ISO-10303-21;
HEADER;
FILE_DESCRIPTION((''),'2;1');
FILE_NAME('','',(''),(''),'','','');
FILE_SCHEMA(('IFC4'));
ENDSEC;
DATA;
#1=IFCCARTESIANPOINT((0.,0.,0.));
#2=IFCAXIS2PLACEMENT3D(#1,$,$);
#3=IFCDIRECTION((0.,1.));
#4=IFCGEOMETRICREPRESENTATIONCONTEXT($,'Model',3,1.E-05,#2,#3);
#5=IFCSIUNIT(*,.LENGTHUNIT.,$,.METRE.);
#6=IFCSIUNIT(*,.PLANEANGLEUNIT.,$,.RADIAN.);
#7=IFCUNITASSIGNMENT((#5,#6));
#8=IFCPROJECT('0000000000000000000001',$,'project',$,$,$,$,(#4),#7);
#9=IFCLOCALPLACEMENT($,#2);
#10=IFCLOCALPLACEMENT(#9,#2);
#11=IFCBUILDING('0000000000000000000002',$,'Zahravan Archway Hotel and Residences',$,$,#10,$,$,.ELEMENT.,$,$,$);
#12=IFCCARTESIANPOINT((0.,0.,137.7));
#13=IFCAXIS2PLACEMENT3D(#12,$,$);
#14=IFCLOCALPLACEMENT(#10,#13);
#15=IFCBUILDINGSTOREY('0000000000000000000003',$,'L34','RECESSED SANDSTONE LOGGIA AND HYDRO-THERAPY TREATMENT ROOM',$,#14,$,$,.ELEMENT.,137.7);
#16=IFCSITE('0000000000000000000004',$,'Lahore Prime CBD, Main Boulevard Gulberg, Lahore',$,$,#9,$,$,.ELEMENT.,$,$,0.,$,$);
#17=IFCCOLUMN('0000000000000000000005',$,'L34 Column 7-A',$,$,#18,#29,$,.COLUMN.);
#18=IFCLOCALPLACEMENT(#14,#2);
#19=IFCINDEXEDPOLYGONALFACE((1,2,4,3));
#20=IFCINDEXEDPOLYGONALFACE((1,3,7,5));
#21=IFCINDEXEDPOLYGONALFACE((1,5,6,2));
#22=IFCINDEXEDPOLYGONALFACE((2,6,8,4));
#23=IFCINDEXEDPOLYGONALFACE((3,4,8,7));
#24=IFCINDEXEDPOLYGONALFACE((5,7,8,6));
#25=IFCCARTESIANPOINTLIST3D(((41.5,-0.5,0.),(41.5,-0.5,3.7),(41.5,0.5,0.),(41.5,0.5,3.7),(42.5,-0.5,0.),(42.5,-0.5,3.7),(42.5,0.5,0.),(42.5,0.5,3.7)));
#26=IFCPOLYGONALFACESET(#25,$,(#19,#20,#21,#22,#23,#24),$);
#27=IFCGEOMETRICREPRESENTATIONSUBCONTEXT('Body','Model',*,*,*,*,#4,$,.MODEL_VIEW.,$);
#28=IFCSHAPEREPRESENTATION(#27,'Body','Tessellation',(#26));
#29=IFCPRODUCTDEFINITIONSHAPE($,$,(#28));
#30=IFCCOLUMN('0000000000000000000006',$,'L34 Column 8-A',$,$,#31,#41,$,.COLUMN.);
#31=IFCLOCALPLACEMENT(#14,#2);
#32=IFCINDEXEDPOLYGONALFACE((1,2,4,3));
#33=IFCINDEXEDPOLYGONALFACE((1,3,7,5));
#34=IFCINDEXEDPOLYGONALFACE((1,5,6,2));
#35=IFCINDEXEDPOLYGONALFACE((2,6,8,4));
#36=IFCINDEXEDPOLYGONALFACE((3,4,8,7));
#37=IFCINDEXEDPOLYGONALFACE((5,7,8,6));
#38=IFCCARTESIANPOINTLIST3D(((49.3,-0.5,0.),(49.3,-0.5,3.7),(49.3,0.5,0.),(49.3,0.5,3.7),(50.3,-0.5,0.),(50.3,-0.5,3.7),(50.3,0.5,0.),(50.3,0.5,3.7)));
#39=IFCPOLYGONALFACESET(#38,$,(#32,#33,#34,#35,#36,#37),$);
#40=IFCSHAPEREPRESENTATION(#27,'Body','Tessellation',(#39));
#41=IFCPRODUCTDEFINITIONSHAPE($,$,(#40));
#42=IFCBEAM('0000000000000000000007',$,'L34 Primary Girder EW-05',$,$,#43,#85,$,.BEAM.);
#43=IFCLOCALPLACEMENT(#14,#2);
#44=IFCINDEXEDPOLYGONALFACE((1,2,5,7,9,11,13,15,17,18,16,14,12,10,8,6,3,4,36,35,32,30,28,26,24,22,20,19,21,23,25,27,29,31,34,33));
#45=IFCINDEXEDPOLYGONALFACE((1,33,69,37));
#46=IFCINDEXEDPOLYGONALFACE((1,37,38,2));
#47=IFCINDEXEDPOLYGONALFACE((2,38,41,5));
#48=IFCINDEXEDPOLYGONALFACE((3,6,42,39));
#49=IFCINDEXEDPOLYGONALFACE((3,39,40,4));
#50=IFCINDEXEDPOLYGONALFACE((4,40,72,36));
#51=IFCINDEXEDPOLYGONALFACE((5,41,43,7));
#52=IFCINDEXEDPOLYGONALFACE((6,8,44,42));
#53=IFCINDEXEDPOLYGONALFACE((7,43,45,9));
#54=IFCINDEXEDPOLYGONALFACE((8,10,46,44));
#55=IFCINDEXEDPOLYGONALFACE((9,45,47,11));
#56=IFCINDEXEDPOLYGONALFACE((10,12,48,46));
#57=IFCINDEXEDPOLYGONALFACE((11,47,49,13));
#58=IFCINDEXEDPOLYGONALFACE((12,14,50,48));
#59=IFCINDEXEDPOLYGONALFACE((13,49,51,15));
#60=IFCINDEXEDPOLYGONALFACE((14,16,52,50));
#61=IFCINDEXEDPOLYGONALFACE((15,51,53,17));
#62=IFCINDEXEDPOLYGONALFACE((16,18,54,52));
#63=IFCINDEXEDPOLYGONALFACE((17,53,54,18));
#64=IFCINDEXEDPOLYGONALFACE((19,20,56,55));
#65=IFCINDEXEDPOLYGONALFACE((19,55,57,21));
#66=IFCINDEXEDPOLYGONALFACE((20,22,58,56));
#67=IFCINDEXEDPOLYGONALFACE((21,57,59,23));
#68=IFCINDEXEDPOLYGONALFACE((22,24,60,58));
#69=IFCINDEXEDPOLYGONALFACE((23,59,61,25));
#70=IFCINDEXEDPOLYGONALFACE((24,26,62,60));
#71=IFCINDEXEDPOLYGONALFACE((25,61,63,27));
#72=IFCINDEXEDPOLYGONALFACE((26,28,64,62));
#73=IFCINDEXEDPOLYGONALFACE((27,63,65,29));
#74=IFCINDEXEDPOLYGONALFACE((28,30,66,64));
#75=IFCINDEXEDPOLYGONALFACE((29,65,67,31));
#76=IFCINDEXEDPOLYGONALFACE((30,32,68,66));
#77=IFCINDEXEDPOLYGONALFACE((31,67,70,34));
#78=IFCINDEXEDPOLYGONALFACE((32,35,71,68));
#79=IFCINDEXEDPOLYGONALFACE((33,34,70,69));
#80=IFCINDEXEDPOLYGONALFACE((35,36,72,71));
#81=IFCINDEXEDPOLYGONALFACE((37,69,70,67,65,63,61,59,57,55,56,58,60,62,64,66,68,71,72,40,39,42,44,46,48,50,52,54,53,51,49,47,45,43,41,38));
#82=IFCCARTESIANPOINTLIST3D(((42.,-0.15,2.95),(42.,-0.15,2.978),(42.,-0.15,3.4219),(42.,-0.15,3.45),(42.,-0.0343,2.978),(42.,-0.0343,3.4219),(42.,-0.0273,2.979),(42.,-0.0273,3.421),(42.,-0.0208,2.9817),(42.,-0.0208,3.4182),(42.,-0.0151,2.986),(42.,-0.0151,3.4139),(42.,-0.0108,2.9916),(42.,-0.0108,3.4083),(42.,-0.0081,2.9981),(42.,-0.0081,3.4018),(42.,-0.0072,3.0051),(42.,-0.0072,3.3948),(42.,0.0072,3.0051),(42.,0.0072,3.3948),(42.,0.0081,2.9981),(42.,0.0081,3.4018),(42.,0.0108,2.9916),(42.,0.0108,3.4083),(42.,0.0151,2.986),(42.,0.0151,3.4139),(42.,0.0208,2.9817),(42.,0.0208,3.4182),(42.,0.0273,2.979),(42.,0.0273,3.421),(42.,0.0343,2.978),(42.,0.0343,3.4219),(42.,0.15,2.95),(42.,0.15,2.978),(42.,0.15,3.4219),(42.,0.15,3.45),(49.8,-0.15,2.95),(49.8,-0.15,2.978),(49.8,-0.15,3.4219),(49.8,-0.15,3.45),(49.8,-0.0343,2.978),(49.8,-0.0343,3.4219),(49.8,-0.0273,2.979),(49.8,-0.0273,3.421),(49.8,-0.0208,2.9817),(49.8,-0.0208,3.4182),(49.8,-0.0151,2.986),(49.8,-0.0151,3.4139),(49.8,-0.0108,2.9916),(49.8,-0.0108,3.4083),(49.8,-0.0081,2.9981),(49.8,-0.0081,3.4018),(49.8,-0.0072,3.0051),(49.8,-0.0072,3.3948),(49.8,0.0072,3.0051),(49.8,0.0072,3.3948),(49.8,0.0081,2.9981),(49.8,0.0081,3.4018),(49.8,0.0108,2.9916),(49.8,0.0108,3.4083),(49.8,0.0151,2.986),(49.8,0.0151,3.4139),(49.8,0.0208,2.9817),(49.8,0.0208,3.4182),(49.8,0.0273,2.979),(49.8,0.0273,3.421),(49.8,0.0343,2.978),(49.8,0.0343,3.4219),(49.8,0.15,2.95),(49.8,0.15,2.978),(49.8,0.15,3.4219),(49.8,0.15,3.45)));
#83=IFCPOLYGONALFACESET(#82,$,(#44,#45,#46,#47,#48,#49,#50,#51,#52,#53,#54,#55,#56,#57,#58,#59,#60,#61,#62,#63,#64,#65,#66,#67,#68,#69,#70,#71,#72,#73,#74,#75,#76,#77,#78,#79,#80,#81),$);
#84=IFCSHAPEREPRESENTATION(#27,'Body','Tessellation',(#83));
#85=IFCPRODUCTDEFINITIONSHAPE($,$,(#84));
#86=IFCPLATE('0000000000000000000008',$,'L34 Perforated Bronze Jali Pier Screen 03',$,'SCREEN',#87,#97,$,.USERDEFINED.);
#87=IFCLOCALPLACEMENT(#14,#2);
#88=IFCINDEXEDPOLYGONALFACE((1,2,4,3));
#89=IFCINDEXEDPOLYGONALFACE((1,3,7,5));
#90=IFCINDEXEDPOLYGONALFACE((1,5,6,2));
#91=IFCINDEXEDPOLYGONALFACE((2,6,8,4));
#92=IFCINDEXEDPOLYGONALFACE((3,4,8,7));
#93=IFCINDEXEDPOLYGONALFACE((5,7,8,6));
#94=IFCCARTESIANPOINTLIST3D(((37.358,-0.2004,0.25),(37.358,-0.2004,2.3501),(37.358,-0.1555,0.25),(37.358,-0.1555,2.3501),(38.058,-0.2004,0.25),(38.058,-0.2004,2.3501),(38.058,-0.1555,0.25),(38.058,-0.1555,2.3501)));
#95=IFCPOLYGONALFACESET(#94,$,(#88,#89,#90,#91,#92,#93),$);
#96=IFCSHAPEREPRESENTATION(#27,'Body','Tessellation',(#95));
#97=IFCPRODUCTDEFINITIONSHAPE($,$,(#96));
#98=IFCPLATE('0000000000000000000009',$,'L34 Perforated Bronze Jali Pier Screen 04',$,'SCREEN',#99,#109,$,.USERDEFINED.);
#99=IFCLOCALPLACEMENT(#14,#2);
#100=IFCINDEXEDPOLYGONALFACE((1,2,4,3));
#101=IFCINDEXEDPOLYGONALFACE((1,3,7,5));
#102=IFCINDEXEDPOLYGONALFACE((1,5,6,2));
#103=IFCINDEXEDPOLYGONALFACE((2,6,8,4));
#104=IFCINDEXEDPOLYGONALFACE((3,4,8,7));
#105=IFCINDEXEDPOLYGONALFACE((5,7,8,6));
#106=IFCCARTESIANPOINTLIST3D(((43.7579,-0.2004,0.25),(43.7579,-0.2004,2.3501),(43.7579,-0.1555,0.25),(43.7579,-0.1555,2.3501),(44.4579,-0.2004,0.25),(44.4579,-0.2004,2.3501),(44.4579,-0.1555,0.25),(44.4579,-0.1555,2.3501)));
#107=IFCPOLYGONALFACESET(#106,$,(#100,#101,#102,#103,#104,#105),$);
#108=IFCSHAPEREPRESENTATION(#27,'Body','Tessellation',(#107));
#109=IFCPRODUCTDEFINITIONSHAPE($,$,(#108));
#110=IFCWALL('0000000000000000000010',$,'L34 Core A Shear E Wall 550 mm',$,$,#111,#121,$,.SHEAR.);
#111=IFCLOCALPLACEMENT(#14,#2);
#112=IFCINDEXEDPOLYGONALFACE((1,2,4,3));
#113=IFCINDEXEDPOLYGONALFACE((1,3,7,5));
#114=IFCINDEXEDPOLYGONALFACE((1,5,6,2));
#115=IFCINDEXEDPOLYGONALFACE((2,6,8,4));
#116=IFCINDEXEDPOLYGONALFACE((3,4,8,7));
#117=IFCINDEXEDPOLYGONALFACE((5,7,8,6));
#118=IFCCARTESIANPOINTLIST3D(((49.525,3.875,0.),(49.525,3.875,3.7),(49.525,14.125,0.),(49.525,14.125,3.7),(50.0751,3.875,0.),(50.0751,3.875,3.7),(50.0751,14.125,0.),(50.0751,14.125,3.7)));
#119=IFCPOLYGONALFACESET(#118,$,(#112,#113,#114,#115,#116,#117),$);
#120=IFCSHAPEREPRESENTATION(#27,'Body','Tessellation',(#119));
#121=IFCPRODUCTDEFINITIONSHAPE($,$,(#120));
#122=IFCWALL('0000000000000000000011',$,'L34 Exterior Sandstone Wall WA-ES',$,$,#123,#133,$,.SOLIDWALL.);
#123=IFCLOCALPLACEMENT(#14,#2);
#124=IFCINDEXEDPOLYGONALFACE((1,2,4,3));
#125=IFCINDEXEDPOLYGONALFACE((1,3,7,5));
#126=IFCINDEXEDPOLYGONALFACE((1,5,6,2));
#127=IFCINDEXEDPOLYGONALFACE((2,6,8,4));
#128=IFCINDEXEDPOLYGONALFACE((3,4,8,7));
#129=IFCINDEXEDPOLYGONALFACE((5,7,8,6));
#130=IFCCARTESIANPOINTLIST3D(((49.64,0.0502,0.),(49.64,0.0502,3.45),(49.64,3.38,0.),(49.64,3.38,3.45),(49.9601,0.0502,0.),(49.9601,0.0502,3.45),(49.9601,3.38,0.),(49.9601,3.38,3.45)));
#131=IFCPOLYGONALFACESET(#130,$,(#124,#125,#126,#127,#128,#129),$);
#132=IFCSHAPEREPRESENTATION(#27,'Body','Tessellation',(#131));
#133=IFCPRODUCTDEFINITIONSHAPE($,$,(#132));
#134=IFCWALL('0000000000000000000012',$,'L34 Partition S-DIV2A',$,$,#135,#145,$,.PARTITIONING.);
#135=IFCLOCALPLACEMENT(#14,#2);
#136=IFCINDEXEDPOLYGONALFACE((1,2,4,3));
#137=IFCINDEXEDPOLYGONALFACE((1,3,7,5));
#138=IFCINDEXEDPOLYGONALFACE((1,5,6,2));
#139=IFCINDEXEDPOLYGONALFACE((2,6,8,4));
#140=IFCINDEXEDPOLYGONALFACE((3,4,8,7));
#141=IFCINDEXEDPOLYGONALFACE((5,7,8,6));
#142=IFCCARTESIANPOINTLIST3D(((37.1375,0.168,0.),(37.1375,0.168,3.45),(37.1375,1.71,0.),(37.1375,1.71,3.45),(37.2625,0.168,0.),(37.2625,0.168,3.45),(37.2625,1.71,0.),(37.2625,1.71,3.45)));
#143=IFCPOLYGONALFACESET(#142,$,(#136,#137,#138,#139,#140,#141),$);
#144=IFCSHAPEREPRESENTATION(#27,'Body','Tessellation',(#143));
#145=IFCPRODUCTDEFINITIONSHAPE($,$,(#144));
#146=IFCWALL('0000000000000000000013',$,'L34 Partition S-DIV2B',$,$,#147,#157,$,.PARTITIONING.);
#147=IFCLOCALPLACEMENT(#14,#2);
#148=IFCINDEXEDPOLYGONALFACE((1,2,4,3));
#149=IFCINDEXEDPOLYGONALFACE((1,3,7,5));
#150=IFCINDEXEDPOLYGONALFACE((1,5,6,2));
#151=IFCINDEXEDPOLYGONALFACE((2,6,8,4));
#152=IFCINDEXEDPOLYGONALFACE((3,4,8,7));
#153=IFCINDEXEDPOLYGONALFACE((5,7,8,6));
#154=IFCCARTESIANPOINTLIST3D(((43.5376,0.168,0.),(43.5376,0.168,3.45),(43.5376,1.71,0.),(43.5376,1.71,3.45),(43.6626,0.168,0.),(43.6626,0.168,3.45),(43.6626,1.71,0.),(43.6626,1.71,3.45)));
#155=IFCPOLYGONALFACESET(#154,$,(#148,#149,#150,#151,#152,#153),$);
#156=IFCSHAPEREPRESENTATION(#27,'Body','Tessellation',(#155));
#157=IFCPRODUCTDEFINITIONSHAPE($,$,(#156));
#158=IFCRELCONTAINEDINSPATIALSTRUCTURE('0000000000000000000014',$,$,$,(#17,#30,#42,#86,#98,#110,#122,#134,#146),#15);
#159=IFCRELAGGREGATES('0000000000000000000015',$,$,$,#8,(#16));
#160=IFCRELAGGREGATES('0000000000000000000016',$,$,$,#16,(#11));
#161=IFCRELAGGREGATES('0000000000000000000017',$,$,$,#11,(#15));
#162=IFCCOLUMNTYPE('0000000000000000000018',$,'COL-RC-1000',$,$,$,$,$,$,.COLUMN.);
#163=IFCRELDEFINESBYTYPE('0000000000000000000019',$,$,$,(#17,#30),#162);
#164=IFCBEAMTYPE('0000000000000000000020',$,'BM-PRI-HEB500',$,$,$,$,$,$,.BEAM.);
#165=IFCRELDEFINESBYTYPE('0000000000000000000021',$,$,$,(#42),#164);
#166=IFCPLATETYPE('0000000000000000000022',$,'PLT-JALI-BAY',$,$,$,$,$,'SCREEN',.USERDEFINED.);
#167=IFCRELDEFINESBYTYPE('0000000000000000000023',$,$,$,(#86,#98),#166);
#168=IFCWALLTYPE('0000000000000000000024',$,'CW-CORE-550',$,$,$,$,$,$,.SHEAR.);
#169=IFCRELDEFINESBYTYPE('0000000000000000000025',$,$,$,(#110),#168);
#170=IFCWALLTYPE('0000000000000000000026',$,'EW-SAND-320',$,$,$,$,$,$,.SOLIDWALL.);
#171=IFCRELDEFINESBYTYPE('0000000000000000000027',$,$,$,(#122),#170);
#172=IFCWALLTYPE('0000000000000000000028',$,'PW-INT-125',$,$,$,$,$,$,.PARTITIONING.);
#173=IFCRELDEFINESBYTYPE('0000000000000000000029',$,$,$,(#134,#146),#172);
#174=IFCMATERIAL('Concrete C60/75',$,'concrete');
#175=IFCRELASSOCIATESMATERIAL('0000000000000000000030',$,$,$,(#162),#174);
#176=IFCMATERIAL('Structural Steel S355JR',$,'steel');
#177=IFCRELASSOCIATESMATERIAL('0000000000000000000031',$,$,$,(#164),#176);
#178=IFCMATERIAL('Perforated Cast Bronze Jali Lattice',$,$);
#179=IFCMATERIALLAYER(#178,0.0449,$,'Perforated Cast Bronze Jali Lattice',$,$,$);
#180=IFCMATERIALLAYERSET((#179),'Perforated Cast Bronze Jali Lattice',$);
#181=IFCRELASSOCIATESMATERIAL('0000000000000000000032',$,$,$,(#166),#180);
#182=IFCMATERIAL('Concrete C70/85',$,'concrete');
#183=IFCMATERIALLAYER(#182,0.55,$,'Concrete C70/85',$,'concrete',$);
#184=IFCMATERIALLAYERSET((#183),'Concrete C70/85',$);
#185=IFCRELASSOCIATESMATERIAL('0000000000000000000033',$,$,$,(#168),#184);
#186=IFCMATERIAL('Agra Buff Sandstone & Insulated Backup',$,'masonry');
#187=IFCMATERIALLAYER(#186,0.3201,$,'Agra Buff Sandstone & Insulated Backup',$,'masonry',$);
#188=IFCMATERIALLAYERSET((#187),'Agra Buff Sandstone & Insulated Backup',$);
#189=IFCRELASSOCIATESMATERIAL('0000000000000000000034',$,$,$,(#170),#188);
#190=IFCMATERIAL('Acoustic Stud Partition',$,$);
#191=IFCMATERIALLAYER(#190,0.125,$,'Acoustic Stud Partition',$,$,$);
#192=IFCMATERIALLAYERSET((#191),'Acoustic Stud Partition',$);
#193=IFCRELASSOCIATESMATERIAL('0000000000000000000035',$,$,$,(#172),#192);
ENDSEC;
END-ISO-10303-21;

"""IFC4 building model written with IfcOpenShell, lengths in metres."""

from ifc_helpers import new_model, si_unit, direction, frame, frame_2d, origin, origin_2d, place, context, subcontext, project, spatial, rectangle, i_section, extrude, source, transform, mapped, material, layer, layer_set, material_profile, profile_set, type_object, type_shapes, element, save


model = new_model("IFC4")

# Units and contexts
model_context = context("Model", 3, precision=1e-05, world=origin(), true_north=direction((0.0, 1.0)))
body_context = subcontext(model_context, "Body", "Model", "MODEL_VIEW")
ifc_project = project(units=[si_unit("LENGTHUNIT", "METRE"), si_unit("PLANEANGLEUNIT", "RADIAN")], contexts=[model_context])

# Site, building, storey
site_placement = place(None, origin())
site = spatial("IfcSite", under=ifc_project, at=site_placement, Name="Lahore Prime CBD, Main Boulevard Gulberg, Lahore", CompositionType="ELEMENT", RefElevation=0.0)
building_placement = place(site_placement, origin())
building = spatial("IfcBuilding", under=site, at=building_placement, Name="Zahravan Archway Hotel and Residences", CompositionType="ELEMENT")
storey_placement = place(building_placement, frame((0.0, 0.0, 137.7)))
storey = spatial("IfcBuildingStorey", under=building, at=storey_placement, Name="L34", Description="RECESSED SANDSTONE LOGGIA AND HYDRO-THERAPY TREATMENT ROOM", CompositionType="ELEMENT", Elevation=137.7)

# Columns
ifc_material_1 = material(Name="Concrete C60/75", Category="concrete")
ifc_material_profile_1 = material_profile(ifc_material_1, rectangle(XDim=1.0, YDim=1.0, at=origin_2d()), Name="RC-COL-1000x1000", Category="concrete")
ifc_profile_set_1 = profile_set([ifc_material_profile_1], Name="Concrete C60/75")
column_type = type_object("IfcColumnType", Name="COL-RC-1000", PredefinedType="COLUMN", material=ifc_profile_set_1)
shared_shape_1 = source(origin(), body_context, "Body", "SweptSolid", [
    extrude(rectangle(XDim=1.0, YDim=1.0, at=origin_2d()), origin(), (0.0, 0.0, 1.0), 3.7),
])
type_shapes(column_type, [shared_shape_1])
for number, where, z_axis, x_axis, name in (
    (1, (42.0, 0.0, 0.0), (0.0, 0.0, 1.0), (1.0, 0.0, 0.0), "L34 Column 7-A"),
    (2, (49.8, 0.0, 0.0), (0.0, 0.0, 1.0), (1.0, 0.0, 0.0), "L34 Column 8-A"),
):
    element("IfcColumn", number, at=place(storey_placement, frame(where, z_axis=z_axis, x_axis=x_axis)), inside=storey, type_object=column_type, Name=name, PredefinedType="COLUMN", context=body_context, shape_type="MappedRepresentation", body=[
        mapped(shared_shape_1, transform((0.0, 0.0, 0.0), scale=1.0)),
    ])

# Beam
ifc_material_2 = material(Name="Structural Steel S355JR", Category="steel")
ifc_material_profile_2 = material_profile(ifc_material_2, i_section(OverallWidth=0.3, OverallDepth=0.5, WebThickness=0.0144, FlangeThickness=0.0281, FilletRadius=0.0271, at=origin_2d()), Name="HEB 500", Category="steel")
ifc_profile_set_2 = profile_set([ifc_material_profile_2], Name="Structural Steel S355JR")
beam_type = type_object("IfcBeamType", Name="BM-PRI-HEB500", PredefinedType="BEAM", material=ifc_profile_set_2)
shared_shape_2 = source(origin(), body_context, "Body", "SweptSolid", [
    extrude(i_section(OverallWidth=0.3, OverallDepth=0.5, WebThickness=0.0144, FlangeThickness=0.0281, FilletRadius=0.0271, at=origin_2d()), origin(), (0.0, 0.0, 1.0), 7.8),
])
beam_placement = place(storey_placement, frame((42.0, 0.0, 3.2), z_axis=(1.0, 0.0, 0.0), x_axis=(0.0, 1.0, 0.0)))
element("IfcBeam", 3, at=beam_placement, inside=storey, type_object=beam_type, Name="L34 Primary Girder EW-05", PredefinedType="BEAM", context=body_context, shape_type="MappedRepresentation", body=[
    mapped(shared_shape_2, transform((0.0, 0.0, 0.0), scale=1.0)),
])

# Plates
ifc_material_3 = material(Name="Perforated Cast Bronze Jali Lattice")
ifc_layer_1 = layer(ifc_material_3, 0.0449, Name="Perforated Cast Bronze Jali Lattice")
ifc_layer_set_1 = layer_set([ifc_layer_1], Name="Perforated Cast Bronze Jali Lattice")
plate_type = type_object("IfcPlateType", Name="PLT-JALI-BAY", ElementType="SCREEN", PredefinedType="USERDEFINED", material=ifc_layer_set_1)
shared_shape_3 = source(origin(), body_context, "Body", "SweptSolid", [
    extrude(rectangle(XDim=0.7, YDim=0.0449, at=origin_2d()), origin(), (0.0, 0.0, 1.0), 2.1001),
])
type_shapes(plate_type, [shared_shape_3])
for number, where, z_axis, x_axis, name in (
    (4, (37.708, -0.178, 0.25), (0.0, 0.0, 1.0), (1.0, 0.0, 0.0), "L34 Perforated Bronze Jali Pier Screen 03"),
    (5, (44.1079, -0.178, 0.25), (0.0, 0.0, 1.0), (1.0, 0.0, 0.0), "L34 Perforated Bronze Jali Pier Screen 04"),
):
    element("IfcPlate", number, at=place(storey_placement, frame(where, z_axis=z_axis, x_axis=x_axis)), inside=storey, type_object=plate_type, Name=name, ObjectType="SCREEN", PredefinedType="USERDEFINED", context=body_context, shape_type="MappedRepresentation", body=[
        mapped(shared_shape_3, transform((0.0, 0.0, 0.0), scale=1.0)),
    ])

# Walls
ifc_material_4 = material(Name="Concrete C70/85", Category="concrete")
ifc_layer_2 = layer(ifc_material_4, 0.55, Name="Concrete C70/85", Category="concrete")
ifc_layer_set_2 = layer_set([ifc_layer_2], Name="Concrete C70/85")
wall_type_1 = type_object("IfcWallType", Name="CW-CORE-550", PredefinedType="SHEAR", material=ifc_layer_set_2)
wall_1_placement = place(storey_placement, frame((49.8, 3.875, 0.0), z_axis=(0.0, 0.0, 1.0), x_axis=(0.0, 1.0, 0.0)))
element("IfcWall", 6, at=wall_1_placement, inside=storey, type_object=wall_type_1, Name="L34 Core A Shear E Wall 550 mm", PredefinedType="SHEAR", context=body_context, shape_type="SweptSolid", body=[
    extrude(rectangle(XDim=10.25, YDim=0.55, at=frame_2d((5.125, 0.0))), origin(), (0.0, 0.0, 1.0), 3.7),
])
ifc_material_5 = material(Name="Agra Buff Sandstone & Insulated Backup", Category="masonry")
ifc_layer_3 = layer(ifc_material_5, 0.3201, Name="Agra Buff Sandstone & Insulated Backup", Category="masonry")
ifc_layer_set_3 = layer_set([ifc_layer_3], Name="Agra Buff Sandstone & Insulated Backup")
wall_type_2 = type_object("IfcWallType", Name="EW-SAND-320", PredefinedType="SOLIDWALL", material=ifc_layer_set_3)
wall_2_placement = place(storey_placement, frame((49.8, 0.05, 0.0), z_axis=(0.0, 0.0, 1.0), x_axis=(0.0, 1.0, 0.0)))
element("IfcWall", 7, at=wall_2_placement, inside=storey, type_object=wall_type_2, Name="L34 Exterior Sandstone Wall WA-ES", PredefinedType="SOLIDWALL", context=body_context, shape_type="SweptSolid", body=[
    extrude(rectangle(XDim=3.3298, YDim=0.3201, at=frame_2d((1.665, 0.0))), origin(), (0.0, 0.0, 1.0), 3.45),
])
ifc_material_6 = material(Name="Acoustic Stud Partition")
ifc_layer_4 = layer(ifc_material_6, 0.125, Name="Acoustic Stud Partition")
ifc_layer_set_4 = layer_set([ifc_layer_4], Name="Acoustic Stud Partition")
wall_type_3 = type_object("IfcWallType", Name="PW-INT-125", PredefinedType="PARTITIONING", material=ifc_layer_set_4)
for number, where, z_axis, x_axis, name in (
    (8, (37.2, 0.168, 0.0), (0.0, 0.0, 1.0), (0.0, 1.0, 0.0), "L34 Partition S-DIV2A"),
    (9, (43.6001, 0.168, 0.0), (0.0, 0.0, 1.0), (0.0, 1.0, 0.0), "L34 Partition S-DIV2B"),
):
    element("IfcWall", number, at=place(storey_placement, frame(where, z_axis=z_axis, x_axis=x_axis)), inside=storey, type_object=wall_type_3, Name=name, PredefinedType="PARTITIONING", context=body_context, shape_type="SweptSolid", body=[
        extrude(rectangle(XDim=1.542, YDim=0.125, at=frame_2d((0.771, 0.0))), origin(), (0.0, 0.0, 1.0), 3.45),
    ])

save(model, "model.ifc")
